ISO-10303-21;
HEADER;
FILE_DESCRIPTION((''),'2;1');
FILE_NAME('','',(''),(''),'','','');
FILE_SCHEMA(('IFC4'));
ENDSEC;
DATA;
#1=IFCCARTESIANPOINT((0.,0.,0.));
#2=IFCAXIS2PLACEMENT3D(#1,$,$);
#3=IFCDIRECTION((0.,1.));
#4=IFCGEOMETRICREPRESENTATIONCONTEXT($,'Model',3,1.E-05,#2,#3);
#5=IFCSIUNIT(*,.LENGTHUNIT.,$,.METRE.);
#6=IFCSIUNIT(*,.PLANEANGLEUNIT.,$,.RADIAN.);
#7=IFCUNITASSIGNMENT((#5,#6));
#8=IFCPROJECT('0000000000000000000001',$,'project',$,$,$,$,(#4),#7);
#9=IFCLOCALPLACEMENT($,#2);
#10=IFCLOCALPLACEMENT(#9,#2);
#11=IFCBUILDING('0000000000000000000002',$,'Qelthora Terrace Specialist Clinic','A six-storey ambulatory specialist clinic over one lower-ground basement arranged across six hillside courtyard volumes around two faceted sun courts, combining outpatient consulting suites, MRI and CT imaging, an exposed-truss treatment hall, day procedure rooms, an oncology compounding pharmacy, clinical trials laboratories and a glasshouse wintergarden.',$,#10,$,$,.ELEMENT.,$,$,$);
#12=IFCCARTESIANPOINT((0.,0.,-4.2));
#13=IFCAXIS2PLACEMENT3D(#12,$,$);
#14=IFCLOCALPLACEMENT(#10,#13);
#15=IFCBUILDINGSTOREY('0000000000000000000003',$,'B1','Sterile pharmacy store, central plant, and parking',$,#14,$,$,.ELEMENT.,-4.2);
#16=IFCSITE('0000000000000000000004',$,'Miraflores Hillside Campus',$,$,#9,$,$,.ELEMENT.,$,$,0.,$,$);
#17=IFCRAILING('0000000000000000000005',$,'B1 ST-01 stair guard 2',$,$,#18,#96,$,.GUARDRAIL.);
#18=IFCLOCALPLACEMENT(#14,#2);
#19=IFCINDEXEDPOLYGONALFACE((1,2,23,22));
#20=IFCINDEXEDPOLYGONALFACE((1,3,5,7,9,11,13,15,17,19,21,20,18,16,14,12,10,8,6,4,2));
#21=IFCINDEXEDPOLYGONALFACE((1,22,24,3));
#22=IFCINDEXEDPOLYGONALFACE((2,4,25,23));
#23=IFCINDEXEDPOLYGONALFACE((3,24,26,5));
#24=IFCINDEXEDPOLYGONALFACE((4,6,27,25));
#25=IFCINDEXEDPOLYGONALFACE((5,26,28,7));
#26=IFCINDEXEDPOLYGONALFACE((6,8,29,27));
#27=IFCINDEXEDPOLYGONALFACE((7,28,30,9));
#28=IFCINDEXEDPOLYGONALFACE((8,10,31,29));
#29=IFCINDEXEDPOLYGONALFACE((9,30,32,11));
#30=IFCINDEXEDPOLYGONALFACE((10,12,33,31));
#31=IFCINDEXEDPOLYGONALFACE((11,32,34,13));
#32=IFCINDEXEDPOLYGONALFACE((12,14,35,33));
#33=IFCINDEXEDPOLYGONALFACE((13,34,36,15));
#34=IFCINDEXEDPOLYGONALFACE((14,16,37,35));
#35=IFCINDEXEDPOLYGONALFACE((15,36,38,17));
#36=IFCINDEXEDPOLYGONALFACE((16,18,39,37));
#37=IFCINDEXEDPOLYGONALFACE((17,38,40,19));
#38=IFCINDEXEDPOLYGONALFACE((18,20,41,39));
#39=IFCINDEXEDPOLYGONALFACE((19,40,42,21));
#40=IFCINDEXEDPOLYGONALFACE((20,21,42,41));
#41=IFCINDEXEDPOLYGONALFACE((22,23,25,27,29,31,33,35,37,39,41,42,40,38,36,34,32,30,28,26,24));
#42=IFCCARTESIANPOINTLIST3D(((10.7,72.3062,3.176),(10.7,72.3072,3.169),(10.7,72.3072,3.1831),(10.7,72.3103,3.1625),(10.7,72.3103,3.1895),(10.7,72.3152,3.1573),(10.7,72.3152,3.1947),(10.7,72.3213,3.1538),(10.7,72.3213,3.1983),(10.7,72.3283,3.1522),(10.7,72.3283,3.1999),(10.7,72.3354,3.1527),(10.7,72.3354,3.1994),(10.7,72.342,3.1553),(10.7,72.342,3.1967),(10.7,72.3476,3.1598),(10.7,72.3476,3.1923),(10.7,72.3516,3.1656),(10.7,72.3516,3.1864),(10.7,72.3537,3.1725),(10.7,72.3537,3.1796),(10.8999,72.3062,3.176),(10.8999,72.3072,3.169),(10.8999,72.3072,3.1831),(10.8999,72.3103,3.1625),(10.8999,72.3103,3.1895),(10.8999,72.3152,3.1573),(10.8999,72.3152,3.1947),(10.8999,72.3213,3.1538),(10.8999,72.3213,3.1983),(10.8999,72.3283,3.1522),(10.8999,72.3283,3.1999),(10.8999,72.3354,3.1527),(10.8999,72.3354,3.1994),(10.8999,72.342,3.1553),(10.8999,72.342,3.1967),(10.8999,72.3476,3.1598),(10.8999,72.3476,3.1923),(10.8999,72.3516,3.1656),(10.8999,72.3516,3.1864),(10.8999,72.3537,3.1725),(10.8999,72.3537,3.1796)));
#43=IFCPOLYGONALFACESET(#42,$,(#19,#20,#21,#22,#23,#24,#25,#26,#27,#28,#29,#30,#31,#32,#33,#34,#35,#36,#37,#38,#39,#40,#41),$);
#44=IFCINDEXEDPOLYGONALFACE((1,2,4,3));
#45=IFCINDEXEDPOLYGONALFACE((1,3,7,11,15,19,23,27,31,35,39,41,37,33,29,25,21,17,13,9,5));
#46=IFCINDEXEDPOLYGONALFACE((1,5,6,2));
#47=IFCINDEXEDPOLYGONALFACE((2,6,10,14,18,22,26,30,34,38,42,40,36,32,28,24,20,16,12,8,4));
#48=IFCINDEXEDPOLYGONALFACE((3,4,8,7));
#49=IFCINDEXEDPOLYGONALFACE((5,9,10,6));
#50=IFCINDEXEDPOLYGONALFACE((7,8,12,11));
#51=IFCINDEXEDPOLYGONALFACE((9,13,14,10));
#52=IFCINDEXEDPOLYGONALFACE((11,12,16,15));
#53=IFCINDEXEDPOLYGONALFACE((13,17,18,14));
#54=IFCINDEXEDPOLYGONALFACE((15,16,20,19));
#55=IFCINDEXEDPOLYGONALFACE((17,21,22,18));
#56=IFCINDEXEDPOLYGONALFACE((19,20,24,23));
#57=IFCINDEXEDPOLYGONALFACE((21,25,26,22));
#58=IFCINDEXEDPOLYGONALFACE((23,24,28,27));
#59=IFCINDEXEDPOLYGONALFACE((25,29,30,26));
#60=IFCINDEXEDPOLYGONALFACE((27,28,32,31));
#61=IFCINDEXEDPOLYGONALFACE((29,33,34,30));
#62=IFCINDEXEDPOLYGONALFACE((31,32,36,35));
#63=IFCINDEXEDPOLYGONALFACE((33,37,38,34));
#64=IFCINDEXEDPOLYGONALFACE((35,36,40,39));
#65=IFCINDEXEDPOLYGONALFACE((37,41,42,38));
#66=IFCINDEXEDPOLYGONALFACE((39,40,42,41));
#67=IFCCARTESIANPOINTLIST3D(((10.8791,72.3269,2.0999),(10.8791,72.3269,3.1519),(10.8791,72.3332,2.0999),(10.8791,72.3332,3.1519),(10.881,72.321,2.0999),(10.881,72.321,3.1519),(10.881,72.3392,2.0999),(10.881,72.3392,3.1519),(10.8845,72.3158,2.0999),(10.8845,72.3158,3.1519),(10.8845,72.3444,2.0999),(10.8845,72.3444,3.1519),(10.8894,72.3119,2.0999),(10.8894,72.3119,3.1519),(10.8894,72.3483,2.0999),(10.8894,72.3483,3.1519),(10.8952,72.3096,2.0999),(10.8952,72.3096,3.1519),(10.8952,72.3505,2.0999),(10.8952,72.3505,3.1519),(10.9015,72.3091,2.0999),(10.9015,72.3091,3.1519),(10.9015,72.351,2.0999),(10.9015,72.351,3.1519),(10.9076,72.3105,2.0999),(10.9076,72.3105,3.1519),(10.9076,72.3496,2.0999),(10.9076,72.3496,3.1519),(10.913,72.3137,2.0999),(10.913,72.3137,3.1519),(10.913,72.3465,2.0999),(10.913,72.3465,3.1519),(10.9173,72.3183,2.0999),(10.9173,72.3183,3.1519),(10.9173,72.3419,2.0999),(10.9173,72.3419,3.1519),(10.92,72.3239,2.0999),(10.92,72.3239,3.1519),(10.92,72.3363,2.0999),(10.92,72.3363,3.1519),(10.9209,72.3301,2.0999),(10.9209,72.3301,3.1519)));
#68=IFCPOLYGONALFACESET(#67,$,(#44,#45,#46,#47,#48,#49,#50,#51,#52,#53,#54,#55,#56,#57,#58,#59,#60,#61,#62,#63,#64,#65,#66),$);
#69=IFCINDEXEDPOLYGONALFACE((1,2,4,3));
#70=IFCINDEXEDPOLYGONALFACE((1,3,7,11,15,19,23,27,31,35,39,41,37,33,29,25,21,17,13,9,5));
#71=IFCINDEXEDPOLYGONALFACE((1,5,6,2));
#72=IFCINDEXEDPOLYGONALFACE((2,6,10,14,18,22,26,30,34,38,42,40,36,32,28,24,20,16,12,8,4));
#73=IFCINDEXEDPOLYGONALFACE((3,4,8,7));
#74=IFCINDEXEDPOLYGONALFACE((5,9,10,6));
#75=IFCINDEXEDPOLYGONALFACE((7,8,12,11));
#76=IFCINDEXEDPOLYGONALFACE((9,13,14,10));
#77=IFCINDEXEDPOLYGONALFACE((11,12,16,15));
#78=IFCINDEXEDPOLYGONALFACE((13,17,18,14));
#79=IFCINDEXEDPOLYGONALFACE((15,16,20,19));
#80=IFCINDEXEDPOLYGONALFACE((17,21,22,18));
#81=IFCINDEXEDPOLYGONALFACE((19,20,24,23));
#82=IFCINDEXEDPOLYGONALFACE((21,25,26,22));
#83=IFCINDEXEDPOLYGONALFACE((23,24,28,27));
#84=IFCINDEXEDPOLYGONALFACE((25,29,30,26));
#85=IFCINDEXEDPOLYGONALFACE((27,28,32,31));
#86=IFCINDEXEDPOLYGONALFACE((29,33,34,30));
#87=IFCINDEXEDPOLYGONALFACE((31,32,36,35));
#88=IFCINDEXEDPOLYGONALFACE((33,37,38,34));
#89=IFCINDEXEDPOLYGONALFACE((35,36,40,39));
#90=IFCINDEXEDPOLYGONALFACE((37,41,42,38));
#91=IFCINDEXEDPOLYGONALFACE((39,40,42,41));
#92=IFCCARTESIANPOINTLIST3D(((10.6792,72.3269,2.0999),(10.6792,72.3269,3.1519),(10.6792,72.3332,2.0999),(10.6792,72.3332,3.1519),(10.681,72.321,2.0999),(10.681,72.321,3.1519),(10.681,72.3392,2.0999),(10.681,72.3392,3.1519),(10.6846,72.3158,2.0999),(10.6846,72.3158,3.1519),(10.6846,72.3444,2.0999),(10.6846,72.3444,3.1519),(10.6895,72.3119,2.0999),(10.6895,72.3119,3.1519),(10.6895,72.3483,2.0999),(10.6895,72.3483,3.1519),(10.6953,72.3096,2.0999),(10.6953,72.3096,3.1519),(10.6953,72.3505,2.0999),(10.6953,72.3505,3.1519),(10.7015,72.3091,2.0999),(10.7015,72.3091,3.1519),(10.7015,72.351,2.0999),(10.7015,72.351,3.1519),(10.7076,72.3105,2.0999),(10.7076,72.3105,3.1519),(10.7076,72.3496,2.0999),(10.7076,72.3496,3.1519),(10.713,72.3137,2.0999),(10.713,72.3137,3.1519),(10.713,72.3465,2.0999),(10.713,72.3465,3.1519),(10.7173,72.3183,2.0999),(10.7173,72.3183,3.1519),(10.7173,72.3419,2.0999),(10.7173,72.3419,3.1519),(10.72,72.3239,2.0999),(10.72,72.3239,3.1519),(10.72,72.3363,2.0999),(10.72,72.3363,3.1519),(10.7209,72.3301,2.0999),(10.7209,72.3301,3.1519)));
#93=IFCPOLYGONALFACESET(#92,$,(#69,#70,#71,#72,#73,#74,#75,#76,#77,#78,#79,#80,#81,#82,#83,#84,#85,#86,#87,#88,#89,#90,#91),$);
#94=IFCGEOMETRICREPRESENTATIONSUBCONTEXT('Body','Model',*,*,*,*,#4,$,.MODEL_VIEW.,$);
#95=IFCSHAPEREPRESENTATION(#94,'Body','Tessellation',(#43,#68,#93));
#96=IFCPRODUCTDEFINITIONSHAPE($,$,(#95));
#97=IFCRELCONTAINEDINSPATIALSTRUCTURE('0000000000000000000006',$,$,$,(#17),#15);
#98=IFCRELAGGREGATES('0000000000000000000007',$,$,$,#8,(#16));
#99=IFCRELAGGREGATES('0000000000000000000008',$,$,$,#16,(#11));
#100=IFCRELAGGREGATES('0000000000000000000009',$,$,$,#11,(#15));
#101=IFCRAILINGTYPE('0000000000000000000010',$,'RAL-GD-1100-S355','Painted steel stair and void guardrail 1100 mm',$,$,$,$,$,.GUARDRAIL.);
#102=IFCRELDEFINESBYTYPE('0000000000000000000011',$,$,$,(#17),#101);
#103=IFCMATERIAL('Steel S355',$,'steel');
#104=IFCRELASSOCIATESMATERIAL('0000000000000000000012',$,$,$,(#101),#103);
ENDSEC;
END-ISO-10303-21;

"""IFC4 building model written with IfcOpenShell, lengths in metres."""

from ifc_helpers import new_model, si_unit, direction, frame, origin, origin_2d, place, context, subcontext, project, spatial, circle, extrude, material, type_object, element, save


model = new_model("IFC4")

# Units and contexts
model_context = context("Model", 3, precision=1e-05, world=origin(), true_north=direction((0.0, 1.0)))
body_context = subcontext(model_context, "Body", "Model", "MODEL_VIEW")
ifc_project = project(units=[si_unit("LENGTHUNIT", "METRE"), si_unit("PLANEANGLEUNIT", "RADIAN")], contexts=[model_context])

# Site, building, storey
site_placement = place(None, origin())
site = spatial("IfcSite", under=ifc_project, at=site_placement, Name="Miraflores Hillside Campus", CompositionType="ELEMENT", RefElevation=0.0)
building_placement = place(site_placement, origin())
building = spatial("IfcBuilding", under=site, at=building_placement, Name="Qelthora Terrace Specialist Clinic", Description="A six-storey ambulatory specialist clinic over one lower-ground basement arranged across six hillside courtyard volumes around two faceted sun courts, combining outpatient consulting suites, MRI and CT imaging, an exposed-truss treatment hall, day procedure rooms, an oncology compounding pharmacy, clinical trials laboratories and a glasshouse wintergarden.", CompositionType="ELEMENT")
storey_placement = place(building_placement, frame((0.0, 0.0, -4.2)))
storey = spatial("IfcBuildingStorey", under=building, at=storey_placement, Name="B1", Description="Sterile pharmacy store, central plant, and parking", CompositionType="ELEMENT", Elevation=-4.2)

# Shared definitions
ifc_material_1 = material(Name="Steel S355", Category="steel")

# Railing
railing_type_1 = type_object("IfcRailingType", Name="RAL-GD-1100-S355", Description="Painted steel stair and void guardrail 1100 mm", PredefinedType="GUARDRAIL", material=ifc_material_1)
railing_1_placement = place(storey_placement, frame((10.8999, 72.3301, 2.0999)))
element("IfcRailing", 1, at=railing_1_placement, inside=storey, type_object=railing_type_1, Name="B1 ST-01 stair guard 2", PredefinedType="GUARDRAIL", context=body_context, shape_type="SweptSolid", body=[
    extrude(circle(Radius=0.0239, at=origin_2d()), frame((0.0, 0.0, 1.0762), z_axis=(-1.0, 0.0, 0.0), x_axis=(0.0, -1.0, 0.0)), (0.0, 0.0, 1.0), 0.2),
    extrude(circle(Radius=0.021, at=origin_2d()), origin(), (0.0, 0.0, 1.0), 1.052),
    extrude(circle(Radius=0.021, at=origin_2d()), frame((-0.2, 0.0, 0.0)), (0.0, 0.0, 1.0), 1.052),
])

save(model, "model.ifc")
